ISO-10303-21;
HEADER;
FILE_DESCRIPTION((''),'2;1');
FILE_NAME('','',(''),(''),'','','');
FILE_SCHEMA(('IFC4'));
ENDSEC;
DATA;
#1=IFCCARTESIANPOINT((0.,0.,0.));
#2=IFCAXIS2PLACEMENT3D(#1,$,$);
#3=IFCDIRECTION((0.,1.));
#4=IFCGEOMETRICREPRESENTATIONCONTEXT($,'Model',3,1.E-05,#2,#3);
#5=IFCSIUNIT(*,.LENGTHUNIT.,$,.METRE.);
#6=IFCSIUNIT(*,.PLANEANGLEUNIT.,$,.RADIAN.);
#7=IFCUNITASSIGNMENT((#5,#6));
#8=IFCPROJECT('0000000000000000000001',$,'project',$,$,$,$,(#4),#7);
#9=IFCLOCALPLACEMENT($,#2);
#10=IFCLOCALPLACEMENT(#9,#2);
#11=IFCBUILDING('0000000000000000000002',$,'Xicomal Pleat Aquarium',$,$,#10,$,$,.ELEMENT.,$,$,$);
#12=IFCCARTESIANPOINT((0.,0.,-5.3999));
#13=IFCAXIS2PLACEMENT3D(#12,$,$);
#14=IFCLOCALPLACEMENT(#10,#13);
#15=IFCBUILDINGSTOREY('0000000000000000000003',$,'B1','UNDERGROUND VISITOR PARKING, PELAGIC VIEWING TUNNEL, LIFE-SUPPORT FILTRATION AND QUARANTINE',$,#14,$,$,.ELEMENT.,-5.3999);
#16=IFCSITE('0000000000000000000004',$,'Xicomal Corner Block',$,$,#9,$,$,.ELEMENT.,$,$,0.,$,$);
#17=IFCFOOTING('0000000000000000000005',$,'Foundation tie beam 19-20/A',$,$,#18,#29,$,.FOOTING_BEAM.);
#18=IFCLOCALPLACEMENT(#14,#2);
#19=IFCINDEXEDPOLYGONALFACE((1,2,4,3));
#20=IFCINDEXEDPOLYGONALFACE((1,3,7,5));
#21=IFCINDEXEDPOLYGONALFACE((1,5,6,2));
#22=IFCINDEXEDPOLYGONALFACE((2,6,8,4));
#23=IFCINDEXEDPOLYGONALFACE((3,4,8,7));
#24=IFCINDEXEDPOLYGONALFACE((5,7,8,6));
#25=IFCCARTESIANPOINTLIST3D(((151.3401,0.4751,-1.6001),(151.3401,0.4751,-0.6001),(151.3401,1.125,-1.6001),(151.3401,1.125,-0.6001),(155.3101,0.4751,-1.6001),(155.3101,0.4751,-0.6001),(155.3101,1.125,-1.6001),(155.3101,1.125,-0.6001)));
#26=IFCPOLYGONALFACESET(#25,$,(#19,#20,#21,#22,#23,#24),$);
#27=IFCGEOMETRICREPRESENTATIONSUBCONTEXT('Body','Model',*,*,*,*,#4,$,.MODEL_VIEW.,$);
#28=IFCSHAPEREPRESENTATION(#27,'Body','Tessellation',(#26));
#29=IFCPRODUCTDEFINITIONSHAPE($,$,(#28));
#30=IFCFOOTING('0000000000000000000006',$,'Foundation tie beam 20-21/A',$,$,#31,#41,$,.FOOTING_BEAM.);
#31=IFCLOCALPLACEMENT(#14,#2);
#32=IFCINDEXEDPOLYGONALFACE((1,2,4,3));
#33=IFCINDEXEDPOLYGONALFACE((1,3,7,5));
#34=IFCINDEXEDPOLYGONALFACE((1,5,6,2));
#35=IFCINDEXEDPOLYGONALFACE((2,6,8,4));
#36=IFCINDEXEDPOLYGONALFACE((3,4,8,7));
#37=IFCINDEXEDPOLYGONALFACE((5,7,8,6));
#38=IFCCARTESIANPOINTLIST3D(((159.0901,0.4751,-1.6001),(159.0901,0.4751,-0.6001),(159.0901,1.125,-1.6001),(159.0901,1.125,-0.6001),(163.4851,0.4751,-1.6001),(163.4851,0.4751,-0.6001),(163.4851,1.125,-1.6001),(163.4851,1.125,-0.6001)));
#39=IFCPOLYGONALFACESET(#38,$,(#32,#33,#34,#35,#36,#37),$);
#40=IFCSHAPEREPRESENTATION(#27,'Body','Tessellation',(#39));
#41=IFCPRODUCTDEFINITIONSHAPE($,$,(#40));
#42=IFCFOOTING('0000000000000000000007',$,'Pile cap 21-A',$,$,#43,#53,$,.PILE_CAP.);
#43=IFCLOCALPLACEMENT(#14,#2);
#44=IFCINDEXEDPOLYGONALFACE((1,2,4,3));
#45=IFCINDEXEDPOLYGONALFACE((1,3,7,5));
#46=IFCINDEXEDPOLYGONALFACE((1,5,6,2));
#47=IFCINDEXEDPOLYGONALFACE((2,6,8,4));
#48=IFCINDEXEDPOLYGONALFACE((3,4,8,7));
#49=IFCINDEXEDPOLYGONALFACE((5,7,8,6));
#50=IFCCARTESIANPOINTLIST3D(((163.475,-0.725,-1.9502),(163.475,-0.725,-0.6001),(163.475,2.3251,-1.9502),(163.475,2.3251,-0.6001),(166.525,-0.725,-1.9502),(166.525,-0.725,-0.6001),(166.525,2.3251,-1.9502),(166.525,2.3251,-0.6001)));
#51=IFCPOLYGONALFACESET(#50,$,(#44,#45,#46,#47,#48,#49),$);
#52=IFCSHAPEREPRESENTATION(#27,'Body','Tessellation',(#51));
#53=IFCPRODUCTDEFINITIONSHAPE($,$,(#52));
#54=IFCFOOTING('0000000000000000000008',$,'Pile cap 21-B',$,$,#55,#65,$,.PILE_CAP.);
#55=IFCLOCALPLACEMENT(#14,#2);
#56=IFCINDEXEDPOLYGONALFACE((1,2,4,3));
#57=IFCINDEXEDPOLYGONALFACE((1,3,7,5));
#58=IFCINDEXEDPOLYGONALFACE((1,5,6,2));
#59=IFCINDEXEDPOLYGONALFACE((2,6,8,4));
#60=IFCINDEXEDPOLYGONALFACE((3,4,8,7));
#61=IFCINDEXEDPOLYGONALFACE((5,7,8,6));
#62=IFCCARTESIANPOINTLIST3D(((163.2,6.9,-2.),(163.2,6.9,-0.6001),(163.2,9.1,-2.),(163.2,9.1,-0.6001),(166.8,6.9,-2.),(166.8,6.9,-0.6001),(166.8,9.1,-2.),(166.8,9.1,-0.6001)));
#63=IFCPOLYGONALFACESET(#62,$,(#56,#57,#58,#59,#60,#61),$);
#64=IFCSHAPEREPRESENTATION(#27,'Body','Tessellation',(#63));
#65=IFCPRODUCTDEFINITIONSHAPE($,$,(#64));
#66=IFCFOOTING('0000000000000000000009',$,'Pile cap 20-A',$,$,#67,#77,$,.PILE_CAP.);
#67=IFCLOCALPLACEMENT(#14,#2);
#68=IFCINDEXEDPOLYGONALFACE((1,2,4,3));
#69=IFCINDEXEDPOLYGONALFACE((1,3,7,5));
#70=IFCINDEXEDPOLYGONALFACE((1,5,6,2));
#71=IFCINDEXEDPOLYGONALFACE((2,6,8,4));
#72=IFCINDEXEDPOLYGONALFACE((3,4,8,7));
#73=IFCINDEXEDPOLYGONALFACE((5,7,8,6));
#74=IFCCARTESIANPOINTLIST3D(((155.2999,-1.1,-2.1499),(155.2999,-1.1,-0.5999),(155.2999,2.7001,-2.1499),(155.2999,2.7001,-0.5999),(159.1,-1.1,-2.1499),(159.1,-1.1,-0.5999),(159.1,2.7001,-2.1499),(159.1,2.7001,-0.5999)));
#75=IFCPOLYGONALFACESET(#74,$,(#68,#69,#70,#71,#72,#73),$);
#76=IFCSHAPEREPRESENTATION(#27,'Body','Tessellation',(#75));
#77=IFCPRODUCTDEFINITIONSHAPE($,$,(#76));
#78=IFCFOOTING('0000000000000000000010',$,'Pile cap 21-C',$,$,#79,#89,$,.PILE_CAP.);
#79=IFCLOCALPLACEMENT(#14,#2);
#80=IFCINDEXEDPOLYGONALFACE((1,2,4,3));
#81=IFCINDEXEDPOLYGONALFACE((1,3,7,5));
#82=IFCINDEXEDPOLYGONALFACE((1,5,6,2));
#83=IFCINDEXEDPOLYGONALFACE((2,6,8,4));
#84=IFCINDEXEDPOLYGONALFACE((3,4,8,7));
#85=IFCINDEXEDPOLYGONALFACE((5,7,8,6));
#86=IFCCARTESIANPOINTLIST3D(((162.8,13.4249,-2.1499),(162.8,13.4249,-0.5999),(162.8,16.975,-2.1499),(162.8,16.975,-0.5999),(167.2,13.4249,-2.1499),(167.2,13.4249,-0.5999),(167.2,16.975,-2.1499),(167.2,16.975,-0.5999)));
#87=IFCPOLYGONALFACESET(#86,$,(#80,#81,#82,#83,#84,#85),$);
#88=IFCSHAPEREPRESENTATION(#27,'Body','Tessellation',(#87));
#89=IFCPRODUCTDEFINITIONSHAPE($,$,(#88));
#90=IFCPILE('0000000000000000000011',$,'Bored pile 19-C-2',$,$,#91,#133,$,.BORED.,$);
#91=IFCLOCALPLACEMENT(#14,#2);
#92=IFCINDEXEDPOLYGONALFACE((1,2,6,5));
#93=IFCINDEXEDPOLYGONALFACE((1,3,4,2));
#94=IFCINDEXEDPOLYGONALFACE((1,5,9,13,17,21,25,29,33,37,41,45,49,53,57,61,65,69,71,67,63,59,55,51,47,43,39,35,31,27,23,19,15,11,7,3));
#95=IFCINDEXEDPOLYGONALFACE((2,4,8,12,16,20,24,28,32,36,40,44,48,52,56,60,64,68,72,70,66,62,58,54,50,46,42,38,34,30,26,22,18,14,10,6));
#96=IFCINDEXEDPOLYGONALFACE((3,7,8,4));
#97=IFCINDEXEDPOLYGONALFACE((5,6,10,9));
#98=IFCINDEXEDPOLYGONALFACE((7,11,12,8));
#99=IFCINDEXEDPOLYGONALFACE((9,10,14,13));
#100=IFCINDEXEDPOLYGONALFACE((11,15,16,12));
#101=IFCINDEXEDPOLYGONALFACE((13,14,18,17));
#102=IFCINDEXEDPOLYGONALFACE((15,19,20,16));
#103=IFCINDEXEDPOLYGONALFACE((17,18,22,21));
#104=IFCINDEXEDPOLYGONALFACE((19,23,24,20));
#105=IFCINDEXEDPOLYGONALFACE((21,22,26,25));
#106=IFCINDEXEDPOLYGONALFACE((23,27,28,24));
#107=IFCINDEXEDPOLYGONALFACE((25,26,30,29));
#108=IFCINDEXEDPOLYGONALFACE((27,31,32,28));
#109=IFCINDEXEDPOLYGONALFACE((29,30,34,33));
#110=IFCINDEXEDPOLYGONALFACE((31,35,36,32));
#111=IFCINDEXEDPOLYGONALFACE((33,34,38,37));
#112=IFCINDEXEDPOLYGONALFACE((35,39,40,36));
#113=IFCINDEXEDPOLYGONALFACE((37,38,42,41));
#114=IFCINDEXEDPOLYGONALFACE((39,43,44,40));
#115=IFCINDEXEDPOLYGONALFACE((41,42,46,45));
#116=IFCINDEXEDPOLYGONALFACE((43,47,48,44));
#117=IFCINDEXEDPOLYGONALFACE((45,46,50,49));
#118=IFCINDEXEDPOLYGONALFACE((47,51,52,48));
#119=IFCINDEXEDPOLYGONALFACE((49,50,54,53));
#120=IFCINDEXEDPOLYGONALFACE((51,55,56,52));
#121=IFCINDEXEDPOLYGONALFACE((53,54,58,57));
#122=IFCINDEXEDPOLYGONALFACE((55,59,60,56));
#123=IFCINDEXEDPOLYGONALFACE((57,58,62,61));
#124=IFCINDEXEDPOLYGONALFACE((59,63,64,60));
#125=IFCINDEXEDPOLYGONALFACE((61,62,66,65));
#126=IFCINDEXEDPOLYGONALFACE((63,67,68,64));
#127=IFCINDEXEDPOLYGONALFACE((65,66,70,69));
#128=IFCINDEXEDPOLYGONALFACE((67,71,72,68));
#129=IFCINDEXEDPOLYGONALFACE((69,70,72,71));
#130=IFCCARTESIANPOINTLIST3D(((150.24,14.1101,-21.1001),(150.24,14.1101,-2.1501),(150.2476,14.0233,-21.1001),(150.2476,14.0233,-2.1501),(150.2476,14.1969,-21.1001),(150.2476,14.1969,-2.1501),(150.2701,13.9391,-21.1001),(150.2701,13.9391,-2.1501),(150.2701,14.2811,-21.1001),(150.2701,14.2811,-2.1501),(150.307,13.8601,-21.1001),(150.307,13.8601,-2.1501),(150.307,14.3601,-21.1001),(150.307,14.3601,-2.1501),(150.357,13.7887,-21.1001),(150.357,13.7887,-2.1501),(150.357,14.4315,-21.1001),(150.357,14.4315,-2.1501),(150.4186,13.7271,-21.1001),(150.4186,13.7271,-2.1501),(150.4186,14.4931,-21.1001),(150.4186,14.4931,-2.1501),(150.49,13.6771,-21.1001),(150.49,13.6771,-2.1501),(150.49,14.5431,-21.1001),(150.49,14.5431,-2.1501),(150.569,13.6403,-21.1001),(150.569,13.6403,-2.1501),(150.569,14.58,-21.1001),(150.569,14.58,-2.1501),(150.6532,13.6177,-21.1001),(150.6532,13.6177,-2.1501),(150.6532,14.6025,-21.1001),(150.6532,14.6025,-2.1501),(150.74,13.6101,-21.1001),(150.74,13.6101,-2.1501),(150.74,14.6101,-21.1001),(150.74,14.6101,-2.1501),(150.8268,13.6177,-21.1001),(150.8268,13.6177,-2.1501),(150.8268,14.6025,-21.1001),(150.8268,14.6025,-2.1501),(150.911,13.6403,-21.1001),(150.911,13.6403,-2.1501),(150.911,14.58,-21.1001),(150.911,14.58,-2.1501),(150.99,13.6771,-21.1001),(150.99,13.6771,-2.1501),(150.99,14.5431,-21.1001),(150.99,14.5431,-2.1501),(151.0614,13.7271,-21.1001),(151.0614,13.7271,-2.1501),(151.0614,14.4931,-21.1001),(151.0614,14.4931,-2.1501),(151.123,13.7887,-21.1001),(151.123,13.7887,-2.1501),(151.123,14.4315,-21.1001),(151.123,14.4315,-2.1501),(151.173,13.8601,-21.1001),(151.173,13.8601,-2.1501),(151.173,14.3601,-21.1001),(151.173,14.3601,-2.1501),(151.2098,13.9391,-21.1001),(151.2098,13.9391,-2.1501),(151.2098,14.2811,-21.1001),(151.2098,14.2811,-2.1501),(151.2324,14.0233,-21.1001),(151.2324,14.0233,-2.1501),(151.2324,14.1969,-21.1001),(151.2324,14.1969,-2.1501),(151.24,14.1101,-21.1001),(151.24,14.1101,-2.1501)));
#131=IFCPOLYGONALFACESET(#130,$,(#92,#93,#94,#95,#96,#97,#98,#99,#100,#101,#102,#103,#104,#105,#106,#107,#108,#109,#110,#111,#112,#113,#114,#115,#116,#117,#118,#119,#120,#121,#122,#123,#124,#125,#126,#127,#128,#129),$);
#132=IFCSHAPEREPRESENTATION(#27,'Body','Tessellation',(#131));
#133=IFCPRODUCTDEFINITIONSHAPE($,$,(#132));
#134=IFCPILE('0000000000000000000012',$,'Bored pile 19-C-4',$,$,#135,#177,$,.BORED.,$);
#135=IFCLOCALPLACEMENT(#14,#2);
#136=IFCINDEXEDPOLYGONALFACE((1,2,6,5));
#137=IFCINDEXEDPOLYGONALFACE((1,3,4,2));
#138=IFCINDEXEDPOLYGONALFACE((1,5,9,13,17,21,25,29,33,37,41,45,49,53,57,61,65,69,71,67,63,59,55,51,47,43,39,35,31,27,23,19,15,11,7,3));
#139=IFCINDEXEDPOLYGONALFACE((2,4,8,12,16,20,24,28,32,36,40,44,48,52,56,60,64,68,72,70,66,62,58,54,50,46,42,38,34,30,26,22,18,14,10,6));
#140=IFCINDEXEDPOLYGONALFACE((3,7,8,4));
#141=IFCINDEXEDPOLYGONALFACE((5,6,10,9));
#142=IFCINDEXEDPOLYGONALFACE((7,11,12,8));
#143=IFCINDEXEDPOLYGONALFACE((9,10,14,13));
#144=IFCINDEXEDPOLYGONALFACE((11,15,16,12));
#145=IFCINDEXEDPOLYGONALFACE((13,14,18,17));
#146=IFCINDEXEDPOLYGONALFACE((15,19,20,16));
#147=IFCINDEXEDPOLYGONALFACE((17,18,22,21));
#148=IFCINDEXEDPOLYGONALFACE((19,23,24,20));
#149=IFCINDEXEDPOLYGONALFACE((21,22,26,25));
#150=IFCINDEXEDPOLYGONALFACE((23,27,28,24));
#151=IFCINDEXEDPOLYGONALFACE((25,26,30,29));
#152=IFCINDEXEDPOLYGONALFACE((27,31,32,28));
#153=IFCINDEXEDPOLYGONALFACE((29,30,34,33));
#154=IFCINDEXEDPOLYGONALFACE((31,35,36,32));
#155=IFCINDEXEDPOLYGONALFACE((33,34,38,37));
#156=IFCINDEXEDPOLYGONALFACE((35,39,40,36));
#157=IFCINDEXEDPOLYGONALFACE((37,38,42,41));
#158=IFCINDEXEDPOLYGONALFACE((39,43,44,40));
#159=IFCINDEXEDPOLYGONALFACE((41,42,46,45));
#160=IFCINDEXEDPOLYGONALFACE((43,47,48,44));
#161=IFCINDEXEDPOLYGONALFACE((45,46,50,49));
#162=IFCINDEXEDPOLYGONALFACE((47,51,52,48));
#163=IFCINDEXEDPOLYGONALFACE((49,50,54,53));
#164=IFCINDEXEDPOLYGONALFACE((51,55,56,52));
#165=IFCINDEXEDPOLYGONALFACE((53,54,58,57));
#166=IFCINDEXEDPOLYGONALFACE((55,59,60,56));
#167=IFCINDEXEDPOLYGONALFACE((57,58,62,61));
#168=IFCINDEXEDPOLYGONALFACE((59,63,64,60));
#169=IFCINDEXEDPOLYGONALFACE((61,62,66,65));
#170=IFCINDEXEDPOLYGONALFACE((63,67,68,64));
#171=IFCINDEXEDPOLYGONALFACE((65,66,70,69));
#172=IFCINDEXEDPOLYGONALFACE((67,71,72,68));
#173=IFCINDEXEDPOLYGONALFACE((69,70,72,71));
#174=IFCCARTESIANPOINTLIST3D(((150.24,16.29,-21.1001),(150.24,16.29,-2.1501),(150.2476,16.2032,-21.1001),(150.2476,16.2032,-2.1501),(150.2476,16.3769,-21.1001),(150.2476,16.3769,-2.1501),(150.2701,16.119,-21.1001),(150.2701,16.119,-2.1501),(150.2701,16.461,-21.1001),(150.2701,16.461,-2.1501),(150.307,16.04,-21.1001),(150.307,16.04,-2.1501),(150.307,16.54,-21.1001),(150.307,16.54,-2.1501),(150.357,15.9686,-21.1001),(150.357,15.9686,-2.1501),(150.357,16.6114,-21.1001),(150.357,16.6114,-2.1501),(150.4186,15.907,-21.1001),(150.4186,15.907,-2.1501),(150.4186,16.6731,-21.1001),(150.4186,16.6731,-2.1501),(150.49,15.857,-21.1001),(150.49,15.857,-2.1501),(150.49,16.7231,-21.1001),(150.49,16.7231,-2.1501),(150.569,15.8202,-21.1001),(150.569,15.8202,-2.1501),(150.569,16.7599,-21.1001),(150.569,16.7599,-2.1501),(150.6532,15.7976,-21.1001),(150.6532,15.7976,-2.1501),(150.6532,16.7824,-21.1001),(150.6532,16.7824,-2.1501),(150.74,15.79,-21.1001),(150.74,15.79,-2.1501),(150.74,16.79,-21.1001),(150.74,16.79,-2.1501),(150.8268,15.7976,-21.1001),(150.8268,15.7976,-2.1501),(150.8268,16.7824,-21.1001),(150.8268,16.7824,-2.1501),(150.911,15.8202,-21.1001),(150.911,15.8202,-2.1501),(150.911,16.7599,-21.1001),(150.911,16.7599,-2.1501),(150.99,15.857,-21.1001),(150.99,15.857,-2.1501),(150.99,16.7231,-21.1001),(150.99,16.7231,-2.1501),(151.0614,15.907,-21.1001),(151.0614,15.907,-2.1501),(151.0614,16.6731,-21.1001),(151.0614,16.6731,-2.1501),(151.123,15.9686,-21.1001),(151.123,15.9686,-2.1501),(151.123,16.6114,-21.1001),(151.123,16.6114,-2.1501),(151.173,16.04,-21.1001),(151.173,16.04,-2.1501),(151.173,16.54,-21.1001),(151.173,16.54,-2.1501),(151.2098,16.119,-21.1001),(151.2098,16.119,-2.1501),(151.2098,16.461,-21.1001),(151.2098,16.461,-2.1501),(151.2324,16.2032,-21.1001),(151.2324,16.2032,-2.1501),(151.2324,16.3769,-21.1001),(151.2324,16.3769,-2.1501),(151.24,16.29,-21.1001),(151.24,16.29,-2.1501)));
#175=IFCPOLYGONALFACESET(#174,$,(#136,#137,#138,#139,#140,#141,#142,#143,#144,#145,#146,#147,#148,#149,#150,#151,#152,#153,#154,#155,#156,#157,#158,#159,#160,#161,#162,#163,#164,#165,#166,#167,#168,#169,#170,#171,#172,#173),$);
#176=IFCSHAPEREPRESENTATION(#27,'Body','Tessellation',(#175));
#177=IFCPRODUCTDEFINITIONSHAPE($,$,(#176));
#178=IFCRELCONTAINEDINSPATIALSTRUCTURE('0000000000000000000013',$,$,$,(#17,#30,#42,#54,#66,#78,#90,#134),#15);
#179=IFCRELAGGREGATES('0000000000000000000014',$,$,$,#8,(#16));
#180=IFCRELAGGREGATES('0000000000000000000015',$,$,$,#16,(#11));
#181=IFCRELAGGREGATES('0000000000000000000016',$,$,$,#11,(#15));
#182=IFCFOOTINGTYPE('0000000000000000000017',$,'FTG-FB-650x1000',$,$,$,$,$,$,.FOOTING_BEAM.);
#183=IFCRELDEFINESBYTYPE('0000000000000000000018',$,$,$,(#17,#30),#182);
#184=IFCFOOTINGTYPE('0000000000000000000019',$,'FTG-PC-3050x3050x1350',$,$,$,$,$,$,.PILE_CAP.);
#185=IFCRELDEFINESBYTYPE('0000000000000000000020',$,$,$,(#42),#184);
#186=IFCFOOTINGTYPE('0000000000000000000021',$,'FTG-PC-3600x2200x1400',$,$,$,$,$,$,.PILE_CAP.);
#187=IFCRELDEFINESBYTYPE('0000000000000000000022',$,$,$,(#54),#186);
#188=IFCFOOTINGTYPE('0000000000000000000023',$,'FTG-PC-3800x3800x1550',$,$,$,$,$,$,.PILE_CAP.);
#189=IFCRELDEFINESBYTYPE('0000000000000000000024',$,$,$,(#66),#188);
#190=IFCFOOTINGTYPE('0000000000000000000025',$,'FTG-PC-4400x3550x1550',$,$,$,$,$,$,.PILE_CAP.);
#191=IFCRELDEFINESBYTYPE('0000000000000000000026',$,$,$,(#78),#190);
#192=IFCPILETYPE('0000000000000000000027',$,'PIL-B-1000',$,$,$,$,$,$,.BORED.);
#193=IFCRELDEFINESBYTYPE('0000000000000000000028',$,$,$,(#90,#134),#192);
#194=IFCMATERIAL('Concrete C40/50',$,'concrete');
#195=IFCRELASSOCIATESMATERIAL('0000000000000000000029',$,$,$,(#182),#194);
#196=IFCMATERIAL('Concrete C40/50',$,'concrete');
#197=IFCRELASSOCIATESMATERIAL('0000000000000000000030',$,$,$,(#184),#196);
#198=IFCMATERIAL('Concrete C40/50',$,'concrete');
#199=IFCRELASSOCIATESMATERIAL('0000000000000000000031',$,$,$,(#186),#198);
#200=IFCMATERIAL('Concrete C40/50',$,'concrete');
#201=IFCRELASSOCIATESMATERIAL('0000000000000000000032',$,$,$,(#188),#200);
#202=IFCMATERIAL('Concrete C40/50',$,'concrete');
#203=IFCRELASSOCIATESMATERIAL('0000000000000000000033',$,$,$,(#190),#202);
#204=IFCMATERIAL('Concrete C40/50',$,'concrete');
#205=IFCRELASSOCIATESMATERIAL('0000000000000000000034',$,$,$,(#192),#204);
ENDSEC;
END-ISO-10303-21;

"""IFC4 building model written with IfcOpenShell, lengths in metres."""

from ifc_helpers import new_model, si_unit, direction, frame, origin, origin_2d, place, context, subcontext, project, spatial, rectangle, circle, extrude, material, material_profile, profile_set, type_object, element, save


model = new_model("IFC4")

# Units and contexts
model_context = context("Model", 3, precision=1e-05, world=origin(), true_north=direction((0.0, 1.0)))
body_context = subcontext(model_context, "Body", "Model", "MODEL_VIEW")
ifc_project = project(units=[si_unit("LENGTHUNIT", "METRE"), si_unit("PLANEANGLEUNIT", "RADIAN")], contexts=[model_context])

# Site, building, storey
site_placement = place(None, origin())
site = spatial("IfcSite", under=ifc_project, at=site_placement, Name="Xicomal Corner Block", CompositionType="ELEMENT", RefElevation=0.0)
building_placement = place(site_placement, origin())
building = spatial("IfcBuilding", under=site, at=building_placement, Name="Xicomal Pleat Aquarium", CompositionType="ELEMENT")
storey_placement = place(building_placement, frame((0.0, 0.0, -5.3999)))
storey = spatial("IfcBuildingStorey", under=building, at=storey_placement, Name="B1", Description="UNDERGROUND VISITOR PARKING, PELAGIC VIEWING TUNNEL, LIFE-SUPPORT FILTRATION AND QUARANTINE", CompositionType="ELEMENT", Elevation=-5.3999)

# Footings
ifc_material_1 = material(Name="Concrete C40/50", Category="concrete")
ifc_material_profile_1 = material_profile(ifc_material_1, rectangle(XDim=0.6499, YDim=1.0, at=origin_2d()), Name="FB-03 650x1000")
ifc_profile_set_1 = profile_set([ifc_material_profile_1], Name="Concrete C40/50")
footing_type_1 = type_object("IfcFootingType", Name="FTG-FB-650x1000", PredefinedType="FOOTING_BEAM", material=ifc_profile_set_1)
footing_1_placement = place(storey_placement, frame((151.3401, 0.8, -1.1001), z_axis=(1.0, 0.0, 0.0), x_axis=(0.0, 1.0, 0.0)))
element("IfcFooting", 1, at=footing_1_placement, inside=storey, type_object=footing_type_1, Name="Foundation tie beam 19-20/A", PredefinedType="FOOTING_BEAM", context=body_context, shape_type="SweptSolid", body=[
    extrude(rectangle(XDim=0.6499, YDim=1.0, at=origin_2d()), origin(), (0.0, 0.0, 1.0), 3.97),
])
footing_2_placement = place(storey_placement, frame((159.0901, 0.8, -1.1001), z_axis=(1.0, 0.0, 0.0), x_axis=(0.0, 1.0, 0.0)))
element("IfcFooting", 2, at=footing_2_placement, inside=storey, type_object=footing_type_1, Name="Foundation tie beam 20-21/A", PredefinedType="FOOTING_BEAM", context=body_context, shape_type="SweptSolid", body=[
    extrude(rectangle(XDim=0.6499, YDim=1.0, at=origin_2d()), origin(), (0.0, 0.0, 1.0), 4.395),
])
ifc_material_2 = material(Name="Concrete C40/50", Category="concrete")
footing_type_2 = type_object("IfcFootingType", Name="FTG-PC-3050x3050x1350", PredefinedType="PILE_CAP", material=ifc_material_2)
footing_3_placement = place(storey_placement, frame((165.0, 0.8, -1.9502), z_axis=(0.0, 0.0, 1.0), x_axis=(1.0, 0.0, 0.0)))
element("IfcFooting", 3, at=footing_3_placement, inside=storey, type_object=footing_type_2, Name="Pile cap 21-A", PredefinedType="PILE_CAP", context=body_context, shape_type="SweptSolid", body=[
    extrude(rectangle(XDim=3.05, YDim=3.05, at=origin_2d()), origin(), (0.0, 0.0, 1.0), 1.3501),
])
ifc_material_3 = material(Name="Concrete C40/50", Category="concrete")
footing_type_3 = type_object("IfcFootingType", Name="FTG-PC-3600x2200x1400", PredefinedType="PILE_CAP", material=ifc_material_3)
footing_4_placement = place(storey_placement, frame((165.0, 8.0, -2.0), z_axis=(0.0, 0.0, 1.0), x_axis=(1.0, 0.0, 0.0)))
element("IfcFooting", 4, at=footing_4_placement, inside=storey, type_object=footing_type_3, Name="Pile cap 21-B", PredefinedType="PILE_CAP", context=body_context, shape_type="SweptSolid", body=[
    extrude(rectangle(XDim=3.6001, YDim=2.2, at=origin_2d()), origin(), (0.0, 0.0, 1.0), 1.3999),
])
ifc_material_4 = material(Name="Concrete C40/50", Category="concrete")
footing_type_4 = type_object("IfcFootingType", Name="FTG-PC-3800x3800x1550", PredefinedType="PILE_CAP", material=ifc_material_4)
footing_5_placement = place(storey_placement, frame((157.2, 0.8, -2.1499), z_axis=(0.0, 0.0, 1.0), x_axis=(1.0, 0.0, 0.0)))
element("IfcFooting", 5, at=footing_5_placement, inside=storey, type_object=footing_type_4, Name="Pile cap 20-A", PredefinedType="PILE_CAP", context=body_context, shape_type="SweptSolid", body=[
    extrude(rectangle(XDim=3.8, YDim=3.8, at=origin_2d()), origin(), (0.0, 0.0, 1.0), 1.55),
])
ifc_material_5 = material(Name="Concrete C40/50", Category="concrete")
footing_type_5 = type_object("IfcFootingType", Name="FTG-PC-4400x3550x1550", PredefinedType="PILE_CAP", material=ifc_material_5)
footing_6_placement = place(storey_placement, frame((165.0, 15.2, -2.1499), z_axis=(0.0, 0.0, 1.0), x_axis=(1.0, 0.0, 0.0)))
element("IfcFooting", 6, at=footing_6_placement, inside=storey, type_object=footing_type_5, Name="Pile cap 21-C", PredefinedType="PILE_CAP", context=body_context, shape_type="SweptSolid", body=[
    extrude(rectangle(XDim=4.3999, YDim=3.55, at=origin_2d()), origin(), (0.0, 0.0, 1.0), 1.55),
])

# Piles
ifc_material_6 = material(Name="Concrete C40/50", Category="concrete")
ifc_material_profile_2 = material_profile(ifc_material_6, circle(Radius=0.5, at=origin_2d()), Name="BORED PILE D1000")
ifc_profile_set_2 = profile_set([ifc_material_profile_2], Name="Concrete C40/50")
pile_type_1 = type_object("IfcPileType", Name="PIL-B-1000", PredefinedType="BORED", material=ifc_profile_set_2)
for number, where, z_axis, x_axis, name in (
    (7, (150.74, 14.1101, -2.1501), (0.0, 0.0, -1.0), (1.0, 0.0, 0.0), "Bored pile 19-C-2"),
    (8, (150.74, 16.29, -2.1501), (0.0, 0.0, -1.0), (1.0, 0.0, 0.0), "Bored pile 19-C-4"),
):
    element("IfcPile", number, at=place(storey_placement, frame(where, z_axis=z_axis, x_axis=x_axis)), inside=storey, type_object=pile_type_1, Name=name, PredefinedType="BORED", context=body_context, shape_type="SweptSolid", body=[
        extrude(circle(Radius=0.5, at=origin_2d()), origin(), (0.0, 0.0, 1.0), 18.95),
    ])

save(model, "model.ifc")
